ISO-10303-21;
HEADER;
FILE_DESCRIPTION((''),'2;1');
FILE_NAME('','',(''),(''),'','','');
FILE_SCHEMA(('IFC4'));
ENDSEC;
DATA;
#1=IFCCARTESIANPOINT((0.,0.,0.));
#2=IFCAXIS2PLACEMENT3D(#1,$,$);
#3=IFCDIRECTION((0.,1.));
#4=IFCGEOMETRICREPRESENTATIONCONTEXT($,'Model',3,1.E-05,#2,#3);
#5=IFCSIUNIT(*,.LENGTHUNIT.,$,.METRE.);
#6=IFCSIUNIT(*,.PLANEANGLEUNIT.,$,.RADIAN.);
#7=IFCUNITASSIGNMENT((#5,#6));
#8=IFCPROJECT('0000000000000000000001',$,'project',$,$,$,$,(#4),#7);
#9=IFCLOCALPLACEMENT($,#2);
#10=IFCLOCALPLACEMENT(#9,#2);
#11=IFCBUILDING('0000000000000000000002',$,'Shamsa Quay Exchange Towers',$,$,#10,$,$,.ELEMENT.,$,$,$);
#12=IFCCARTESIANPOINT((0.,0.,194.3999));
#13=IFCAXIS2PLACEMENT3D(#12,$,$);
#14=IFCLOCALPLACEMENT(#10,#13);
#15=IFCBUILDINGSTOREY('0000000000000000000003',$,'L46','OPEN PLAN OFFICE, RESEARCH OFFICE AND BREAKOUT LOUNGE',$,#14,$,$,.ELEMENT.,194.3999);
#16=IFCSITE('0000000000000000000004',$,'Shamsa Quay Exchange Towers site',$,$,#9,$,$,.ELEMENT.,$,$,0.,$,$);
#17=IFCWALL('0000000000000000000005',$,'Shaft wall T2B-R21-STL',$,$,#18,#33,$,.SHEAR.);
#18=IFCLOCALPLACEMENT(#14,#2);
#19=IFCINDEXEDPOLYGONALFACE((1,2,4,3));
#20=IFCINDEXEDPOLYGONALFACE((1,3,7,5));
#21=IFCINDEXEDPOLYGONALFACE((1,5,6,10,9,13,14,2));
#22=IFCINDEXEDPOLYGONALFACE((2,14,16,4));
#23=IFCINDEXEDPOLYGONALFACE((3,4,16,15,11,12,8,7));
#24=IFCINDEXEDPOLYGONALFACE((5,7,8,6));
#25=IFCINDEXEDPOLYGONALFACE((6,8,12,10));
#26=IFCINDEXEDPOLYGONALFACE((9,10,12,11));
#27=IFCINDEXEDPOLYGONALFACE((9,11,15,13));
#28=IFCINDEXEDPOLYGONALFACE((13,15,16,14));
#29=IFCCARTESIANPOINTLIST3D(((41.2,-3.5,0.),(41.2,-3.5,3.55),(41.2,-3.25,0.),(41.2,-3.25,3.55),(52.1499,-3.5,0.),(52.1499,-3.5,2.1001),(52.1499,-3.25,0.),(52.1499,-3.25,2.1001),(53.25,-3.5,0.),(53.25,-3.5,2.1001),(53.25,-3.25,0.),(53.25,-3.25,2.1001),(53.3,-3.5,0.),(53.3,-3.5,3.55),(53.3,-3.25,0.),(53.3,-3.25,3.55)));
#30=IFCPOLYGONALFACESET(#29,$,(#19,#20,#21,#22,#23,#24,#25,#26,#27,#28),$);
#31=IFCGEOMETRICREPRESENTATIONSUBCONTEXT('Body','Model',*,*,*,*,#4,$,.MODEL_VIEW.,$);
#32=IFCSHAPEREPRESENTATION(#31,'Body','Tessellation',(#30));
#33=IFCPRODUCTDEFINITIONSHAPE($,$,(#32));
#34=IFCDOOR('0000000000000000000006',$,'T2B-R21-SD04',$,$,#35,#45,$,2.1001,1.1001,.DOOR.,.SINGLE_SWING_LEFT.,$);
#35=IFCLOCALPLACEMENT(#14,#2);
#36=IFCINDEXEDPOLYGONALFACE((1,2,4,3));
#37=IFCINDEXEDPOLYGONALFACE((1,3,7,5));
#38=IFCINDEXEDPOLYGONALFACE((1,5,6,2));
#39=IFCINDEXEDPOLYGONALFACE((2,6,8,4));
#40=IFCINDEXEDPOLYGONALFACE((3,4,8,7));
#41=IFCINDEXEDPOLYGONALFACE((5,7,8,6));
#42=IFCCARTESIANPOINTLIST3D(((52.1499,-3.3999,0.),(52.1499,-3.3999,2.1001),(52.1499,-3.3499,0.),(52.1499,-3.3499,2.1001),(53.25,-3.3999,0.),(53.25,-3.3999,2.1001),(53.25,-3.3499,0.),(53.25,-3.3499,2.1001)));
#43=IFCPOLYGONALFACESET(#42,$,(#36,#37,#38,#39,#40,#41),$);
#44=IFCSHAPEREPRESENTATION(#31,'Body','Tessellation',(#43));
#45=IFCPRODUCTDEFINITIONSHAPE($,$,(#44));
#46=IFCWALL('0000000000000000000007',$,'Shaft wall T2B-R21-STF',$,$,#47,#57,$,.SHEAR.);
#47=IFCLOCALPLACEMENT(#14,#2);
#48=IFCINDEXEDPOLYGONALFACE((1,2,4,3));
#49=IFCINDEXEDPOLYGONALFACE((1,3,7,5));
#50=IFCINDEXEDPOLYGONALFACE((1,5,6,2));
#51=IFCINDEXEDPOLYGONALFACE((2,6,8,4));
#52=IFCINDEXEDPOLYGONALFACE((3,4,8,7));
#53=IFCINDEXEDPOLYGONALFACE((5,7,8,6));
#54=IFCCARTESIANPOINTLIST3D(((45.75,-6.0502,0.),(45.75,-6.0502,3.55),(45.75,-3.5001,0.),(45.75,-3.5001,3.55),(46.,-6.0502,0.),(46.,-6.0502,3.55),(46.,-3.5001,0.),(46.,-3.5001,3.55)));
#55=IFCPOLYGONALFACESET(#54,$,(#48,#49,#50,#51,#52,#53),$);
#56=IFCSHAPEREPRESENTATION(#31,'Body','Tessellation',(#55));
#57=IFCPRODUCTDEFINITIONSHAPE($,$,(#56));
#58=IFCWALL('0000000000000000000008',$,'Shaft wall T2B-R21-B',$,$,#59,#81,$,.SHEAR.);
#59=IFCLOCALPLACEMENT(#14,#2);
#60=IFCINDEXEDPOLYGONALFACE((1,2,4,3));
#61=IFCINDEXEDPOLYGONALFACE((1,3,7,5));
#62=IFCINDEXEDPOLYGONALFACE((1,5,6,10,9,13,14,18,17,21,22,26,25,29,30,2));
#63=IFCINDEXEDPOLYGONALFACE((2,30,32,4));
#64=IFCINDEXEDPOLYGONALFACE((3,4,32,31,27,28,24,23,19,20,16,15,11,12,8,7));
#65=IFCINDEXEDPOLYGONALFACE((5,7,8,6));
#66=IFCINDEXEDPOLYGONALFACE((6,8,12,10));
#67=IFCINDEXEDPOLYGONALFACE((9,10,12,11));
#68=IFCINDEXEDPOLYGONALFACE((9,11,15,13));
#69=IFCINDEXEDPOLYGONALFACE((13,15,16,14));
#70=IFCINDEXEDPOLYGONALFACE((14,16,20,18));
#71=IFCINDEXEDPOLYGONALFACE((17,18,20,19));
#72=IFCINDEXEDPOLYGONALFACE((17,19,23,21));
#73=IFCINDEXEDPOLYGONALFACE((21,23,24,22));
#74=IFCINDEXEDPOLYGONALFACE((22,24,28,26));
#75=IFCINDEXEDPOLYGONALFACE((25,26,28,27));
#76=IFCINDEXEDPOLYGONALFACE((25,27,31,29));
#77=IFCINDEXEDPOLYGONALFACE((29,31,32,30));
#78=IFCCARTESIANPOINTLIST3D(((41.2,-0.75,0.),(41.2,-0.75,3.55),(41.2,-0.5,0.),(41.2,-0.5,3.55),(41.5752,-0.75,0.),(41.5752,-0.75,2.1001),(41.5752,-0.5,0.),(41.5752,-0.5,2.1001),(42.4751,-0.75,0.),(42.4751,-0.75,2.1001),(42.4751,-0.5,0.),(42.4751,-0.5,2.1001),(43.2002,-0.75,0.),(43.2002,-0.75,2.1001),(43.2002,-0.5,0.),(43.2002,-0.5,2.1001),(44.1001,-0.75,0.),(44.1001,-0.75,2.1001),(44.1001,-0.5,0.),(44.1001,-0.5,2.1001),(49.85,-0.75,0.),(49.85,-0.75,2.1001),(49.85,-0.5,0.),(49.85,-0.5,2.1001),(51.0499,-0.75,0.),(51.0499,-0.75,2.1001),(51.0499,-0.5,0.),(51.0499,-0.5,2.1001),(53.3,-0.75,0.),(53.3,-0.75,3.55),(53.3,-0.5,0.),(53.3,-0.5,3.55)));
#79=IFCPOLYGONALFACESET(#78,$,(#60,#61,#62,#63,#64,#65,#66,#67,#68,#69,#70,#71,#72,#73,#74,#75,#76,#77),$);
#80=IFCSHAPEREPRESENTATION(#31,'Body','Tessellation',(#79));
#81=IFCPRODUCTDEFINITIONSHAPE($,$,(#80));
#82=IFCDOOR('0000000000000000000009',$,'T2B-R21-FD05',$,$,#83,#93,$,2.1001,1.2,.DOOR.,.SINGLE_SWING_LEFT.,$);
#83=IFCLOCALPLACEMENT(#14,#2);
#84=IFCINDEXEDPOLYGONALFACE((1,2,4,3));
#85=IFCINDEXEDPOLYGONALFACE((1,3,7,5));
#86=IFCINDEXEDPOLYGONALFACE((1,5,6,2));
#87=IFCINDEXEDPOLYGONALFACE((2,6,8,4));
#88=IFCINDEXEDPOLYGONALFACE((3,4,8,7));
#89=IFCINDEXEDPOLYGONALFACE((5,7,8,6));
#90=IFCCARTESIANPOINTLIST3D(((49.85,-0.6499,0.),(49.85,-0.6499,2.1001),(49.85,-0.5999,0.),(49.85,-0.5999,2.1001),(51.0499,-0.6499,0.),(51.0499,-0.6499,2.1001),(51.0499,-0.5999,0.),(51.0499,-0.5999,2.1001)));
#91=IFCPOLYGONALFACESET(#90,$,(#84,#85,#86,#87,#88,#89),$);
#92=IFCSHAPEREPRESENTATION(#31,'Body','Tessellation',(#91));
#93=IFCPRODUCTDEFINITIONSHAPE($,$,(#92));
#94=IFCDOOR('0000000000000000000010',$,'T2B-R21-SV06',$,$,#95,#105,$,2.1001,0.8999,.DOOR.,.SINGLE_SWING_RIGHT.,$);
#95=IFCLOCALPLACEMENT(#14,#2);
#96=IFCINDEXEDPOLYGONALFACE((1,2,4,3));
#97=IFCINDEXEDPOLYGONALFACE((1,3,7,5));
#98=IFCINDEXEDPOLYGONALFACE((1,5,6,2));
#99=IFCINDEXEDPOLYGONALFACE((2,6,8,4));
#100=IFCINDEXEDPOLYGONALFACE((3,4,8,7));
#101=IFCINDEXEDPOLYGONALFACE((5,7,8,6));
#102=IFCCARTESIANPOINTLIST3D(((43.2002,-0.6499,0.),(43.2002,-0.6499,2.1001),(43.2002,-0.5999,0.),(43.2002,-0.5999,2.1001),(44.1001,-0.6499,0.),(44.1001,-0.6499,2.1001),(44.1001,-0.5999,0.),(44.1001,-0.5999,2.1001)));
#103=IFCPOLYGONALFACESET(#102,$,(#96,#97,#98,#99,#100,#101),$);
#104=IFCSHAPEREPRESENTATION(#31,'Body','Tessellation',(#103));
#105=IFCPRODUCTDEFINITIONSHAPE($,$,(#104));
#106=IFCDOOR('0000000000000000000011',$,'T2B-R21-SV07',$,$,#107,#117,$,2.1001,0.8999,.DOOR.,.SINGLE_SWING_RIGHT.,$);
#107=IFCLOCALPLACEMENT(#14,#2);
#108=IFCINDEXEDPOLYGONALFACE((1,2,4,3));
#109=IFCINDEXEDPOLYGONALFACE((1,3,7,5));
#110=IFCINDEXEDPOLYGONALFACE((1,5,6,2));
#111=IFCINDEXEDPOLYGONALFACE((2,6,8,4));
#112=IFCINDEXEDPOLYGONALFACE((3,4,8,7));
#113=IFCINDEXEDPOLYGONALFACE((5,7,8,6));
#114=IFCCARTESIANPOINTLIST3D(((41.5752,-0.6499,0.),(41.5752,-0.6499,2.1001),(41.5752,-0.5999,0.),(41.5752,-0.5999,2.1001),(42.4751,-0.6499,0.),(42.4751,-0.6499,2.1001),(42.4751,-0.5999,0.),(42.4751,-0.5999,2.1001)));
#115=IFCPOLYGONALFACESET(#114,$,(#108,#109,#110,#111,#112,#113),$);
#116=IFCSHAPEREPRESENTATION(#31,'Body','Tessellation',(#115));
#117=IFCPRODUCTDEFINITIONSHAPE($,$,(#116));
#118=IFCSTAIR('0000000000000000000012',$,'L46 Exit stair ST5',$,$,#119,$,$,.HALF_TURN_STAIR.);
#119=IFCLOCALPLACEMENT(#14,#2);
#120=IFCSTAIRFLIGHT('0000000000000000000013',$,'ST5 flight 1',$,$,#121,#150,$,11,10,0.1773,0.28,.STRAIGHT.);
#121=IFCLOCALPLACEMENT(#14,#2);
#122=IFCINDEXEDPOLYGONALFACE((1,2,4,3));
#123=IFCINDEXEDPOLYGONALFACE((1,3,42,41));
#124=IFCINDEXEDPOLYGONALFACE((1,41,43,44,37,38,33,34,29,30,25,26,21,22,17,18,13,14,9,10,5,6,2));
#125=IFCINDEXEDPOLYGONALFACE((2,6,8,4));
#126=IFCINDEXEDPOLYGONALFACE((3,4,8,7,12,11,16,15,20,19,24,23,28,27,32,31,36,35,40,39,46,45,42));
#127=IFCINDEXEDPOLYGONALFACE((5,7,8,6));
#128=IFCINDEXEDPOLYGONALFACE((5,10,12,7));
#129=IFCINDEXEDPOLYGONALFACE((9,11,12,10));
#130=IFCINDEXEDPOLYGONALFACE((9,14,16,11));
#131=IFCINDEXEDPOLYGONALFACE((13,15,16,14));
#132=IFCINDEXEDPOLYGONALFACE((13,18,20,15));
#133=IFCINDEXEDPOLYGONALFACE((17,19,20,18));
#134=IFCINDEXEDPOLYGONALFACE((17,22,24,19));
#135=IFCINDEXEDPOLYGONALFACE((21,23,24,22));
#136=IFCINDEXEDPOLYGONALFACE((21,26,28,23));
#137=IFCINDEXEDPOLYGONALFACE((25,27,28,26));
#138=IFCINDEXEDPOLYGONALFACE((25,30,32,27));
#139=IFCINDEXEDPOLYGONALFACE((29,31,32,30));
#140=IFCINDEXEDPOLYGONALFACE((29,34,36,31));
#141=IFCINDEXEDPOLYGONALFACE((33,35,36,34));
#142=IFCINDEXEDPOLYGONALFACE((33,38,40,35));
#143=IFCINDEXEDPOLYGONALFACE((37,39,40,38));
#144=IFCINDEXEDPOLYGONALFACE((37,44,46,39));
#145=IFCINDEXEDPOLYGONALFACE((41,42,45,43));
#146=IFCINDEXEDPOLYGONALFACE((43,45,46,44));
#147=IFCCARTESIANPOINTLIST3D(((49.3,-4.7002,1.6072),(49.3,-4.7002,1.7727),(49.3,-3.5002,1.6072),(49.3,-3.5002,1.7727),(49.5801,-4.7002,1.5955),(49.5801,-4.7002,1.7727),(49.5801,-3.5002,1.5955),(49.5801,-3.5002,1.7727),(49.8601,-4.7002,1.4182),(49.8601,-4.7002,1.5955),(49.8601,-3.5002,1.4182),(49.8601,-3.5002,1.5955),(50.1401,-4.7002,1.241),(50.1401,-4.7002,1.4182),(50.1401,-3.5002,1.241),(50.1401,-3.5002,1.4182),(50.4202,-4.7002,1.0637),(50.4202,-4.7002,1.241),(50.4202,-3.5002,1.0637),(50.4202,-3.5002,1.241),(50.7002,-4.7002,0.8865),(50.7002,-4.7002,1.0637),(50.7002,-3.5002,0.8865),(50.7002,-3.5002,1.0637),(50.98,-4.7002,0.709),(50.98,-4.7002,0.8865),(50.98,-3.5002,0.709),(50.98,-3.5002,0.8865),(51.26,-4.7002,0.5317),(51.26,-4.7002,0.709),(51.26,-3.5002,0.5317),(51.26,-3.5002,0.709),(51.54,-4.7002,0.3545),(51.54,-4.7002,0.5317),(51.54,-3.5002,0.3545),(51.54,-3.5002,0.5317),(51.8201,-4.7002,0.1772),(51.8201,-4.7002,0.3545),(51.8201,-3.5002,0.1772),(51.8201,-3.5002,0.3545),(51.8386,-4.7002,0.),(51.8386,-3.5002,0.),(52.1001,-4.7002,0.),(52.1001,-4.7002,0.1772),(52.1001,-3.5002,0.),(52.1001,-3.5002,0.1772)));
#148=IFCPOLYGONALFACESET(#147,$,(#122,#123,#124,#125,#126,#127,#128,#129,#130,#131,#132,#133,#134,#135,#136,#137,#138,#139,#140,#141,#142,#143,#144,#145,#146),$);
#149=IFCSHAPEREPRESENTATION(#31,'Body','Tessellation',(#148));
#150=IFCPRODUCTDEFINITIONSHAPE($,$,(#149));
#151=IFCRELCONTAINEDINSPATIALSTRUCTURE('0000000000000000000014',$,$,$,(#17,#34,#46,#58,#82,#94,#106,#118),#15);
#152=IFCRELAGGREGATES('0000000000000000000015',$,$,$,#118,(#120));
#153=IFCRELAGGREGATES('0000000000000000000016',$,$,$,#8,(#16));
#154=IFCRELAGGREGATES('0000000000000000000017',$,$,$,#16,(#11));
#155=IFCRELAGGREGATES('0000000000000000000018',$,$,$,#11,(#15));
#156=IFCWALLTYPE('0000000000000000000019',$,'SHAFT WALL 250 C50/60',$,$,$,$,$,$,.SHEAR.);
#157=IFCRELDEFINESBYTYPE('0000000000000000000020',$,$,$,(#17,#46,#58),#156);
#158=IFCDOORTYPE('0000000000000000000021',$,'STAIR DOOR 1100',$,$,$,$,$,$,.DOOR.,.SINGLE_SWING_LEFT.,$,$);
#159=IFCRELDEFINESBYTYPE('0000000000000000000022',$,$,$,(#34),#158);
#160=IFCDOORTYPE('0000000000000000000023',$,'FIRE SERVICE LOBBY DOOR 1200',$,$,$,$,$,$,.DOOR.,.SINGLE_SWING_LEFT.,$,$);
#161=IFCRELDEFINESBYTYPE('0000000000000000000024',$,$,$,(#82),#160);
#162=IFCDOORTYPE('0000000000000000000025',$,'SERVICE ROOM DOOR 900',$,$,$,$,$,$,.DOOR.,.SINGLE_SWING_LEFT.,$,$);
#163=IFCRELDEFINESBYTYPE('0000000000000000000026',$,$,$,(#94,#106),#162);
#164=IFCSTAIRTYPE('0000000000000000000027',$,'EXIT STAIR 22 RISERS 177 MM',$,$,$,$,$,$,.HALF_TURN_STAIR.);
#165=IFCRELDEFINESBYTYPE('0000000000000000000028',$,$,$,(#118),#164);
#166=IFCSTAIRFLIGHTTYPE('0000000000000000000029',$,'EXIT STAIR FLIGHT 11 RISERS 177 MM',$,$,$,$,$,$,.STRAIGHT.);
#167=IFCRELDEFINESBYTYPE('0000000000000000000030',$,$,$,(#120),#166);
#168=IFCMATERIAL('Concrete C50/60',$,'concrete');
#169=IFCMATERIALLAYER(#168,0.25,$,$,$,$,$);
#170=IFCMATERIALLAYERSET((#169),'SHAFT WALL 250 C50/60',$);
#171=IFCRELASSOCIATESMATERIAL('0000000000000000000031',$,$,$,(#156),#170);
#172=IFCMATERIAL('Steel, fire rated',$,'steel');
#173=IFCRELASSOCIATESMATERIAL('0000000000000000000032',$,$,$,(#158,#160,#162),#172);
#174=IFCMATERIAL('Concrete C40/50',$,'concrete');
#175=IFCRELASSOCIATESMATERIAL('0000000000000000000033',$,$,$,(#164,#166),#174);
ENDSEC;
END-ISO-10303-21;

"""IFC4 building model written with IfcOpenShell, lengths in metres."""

from ifc_helpers import new_model, si_unit, direction, frame, frame_2d, origin, place, context, subcontext, project, spatial, polyline, rectangle, outline, extrude, material, layer, layer_set, type_object, element, fill, aggregate, save


model = new_model("IFC4")

# Units and contexts
model_context = context("Model", 3, precision=1e-05, world=origin(), true_north=direction((0.0, 1.0)))
body_context = subcontext(model_context, "Body", "Model", "MODEL_VIEW")
ifc_project = project(units=[si_unit("LENGTHUNIT", "METRE"), si_unit("PLANEANGLEUNIT", "RADIAN")], contexts=[model_context])

# Site, building, storey
site_placement = place(None, origin())
site = spatial("IfcSite", under=ifc_project, at=site_placement, Name="Shamsa Quay Exchange Towers site", CompositionType="ELEMENT", RefElevation=0.0)
building_placement = place(site_placement, origin())
building = spatial("IfcBuilding", under=site, at=building_placement, Name="Shamsa Quay Exchange Towers", CompositionType="ELEMENT")
storey_placement = place(building_placement, frame((0.0, 0.0, 194.3999)))
storey = spatial("IfcBuildingStorey", under=building, at=storey_placement, Name="L46", Description="OPEN PLAN OFFICE, RESEARCH OFFICE AND BREAKOUT LOUNGE", CompositionType="ELEMENT", Elevation=194.3999)

# Wall, opening, door
ifc_material_1 = material(Name="Steel, fire rated", Category="steel")
ifc_material_2 = material(Name="Concrete C50/60", Category="concrete")
ifc_layer_1 = layer(ifc_material_2, 0.25)
ifc_layer_set_1 = layer_set([ifc_layer_1], Name="SHAFT WALL 250 C50/60")
wall_type_1 = type_object("IfcWallType", Name="SHAFT WALL 250 C50/60", PredefinedType="SHEAR", material=ifc_layer_set_1)
wall_1_placement = place(storey_placement, frame((53.3, -3.375, 0.0), z_axis=(0.0, 0.0, 1.0), x_axis=(-1.0, 0.0, 0.0)))
wall_1 = element("IfcWall", 1, at=wall_1_placement, inside=storey, type_object=wall_type_1, Name="Shaft wall T2B-R21-STL", PredefinedType="SHEAR", context=body_context, shape_type="SweptSolid", body=[
    extrude(rectangle(XDim=12.1001, YDim=0.25, at=frame_2d((6.05, 0.0))), origin(), (0.0, 0.0, 1.0), 3.55),
])
opening_1_placement = place(wall_1_placement, frame((0.05, 0.0, 0.0)))
opening_1 = element("IfcOpeningElement", 2, at=opening_1_placement, cuts=wall_1, PredefinedType="OPENING", context=body_context, shape_type="SweptSolid", body=[
    extrude(rectangle(XDim=1.1001, YDim=2.1001, at=frame_2d((0.55, 1.05))), frame((0.0, 0.135, 0.0), z_axis=(0.0, -1.0, 0.0), x_axis=(1.0, 0.0, 0.0)), (0.0, 0.0, 1.0), 0.27),
])
door_type_1 = type_object("IfcDoorType", Name="STAIR DOOR 1100", OperationType="SINGLE_SWING_LEFT", PredefinedType="DOOR", material=ifc_material_1)
door_1_placement = place(opening_1_placement, origin())
door_1 = element("IfcDoor", 3, at=door_1_placement, inside=storey, type_object=door_type_1, Name="T2B-R21-SD04", OperationType="SINGLE_SWING_LEFT", OverallHeight=2.1001, OverallWidth=1.1001, PredefinedType="DOOR", context=body_context, shape_type="SweptSolid", body=[
    extrude(rectangle(XDim=1.1001, YDim=2.1001, at=frame_2d((0.55, 1.05))), frame((0.0, 0.0249, 0.0), z_axis=(0.0, -1.0, 0.0), x_axis=(1.0, 0.0, 0.0)), (0.0, 0.0, 1.0), 0.05),
])
fill(opening_1, door_1)

# Wall
wall_2_placement = place(storey_placement, frame((45.875, -6.05, 0.0), z_axis=(0.0, 0.0, 1.0), x_axis=(0.0, 1.0, 0.0)))
element("IfcWall", 4, at=wall_2_placement, inside=storey, type_object=wall_type_1, Name="Shaft wall T2B-R21-STF", PredefinedType="SHEAR", context=body_context, shape_type="SweptSolid", body=[
    extrude(rectangle(XDim=2.55, YDim=0.25, at=frame_2d((1.2749, 0.0))), origin(), (0.0, 0.0, 1.0), 3.55),
])

# Wall, openings, doors
wall_3_placement = place(storey_placement, frame((53.3, -0.625, 0.0), z_axis=(0.0, 0.0, 1.0), x_axis=(-1.0, 0.0, 0.0)))
wall_3 = element("IfcWall", 5, at=wall_3_placement, inside=storey, type_object=wall_type_1, Name="Shaft wall T2B-R21-B", PredefinedType="SHEAR", context=body_context, shape_type="SweptSolid", body=[
    extrude(rectangle(XDim=12.1001, YDim=0.25, at=frame_2d((6.05, 0.0))), origin(), (0.0, 0.0, 1.0), 3.55),
])
opening_2_placement = place(wall_3_placement, frame((2.25, 0.0, 0.0)))
opening_2 = element("IfcOpeningElement", 6, at=opening_2_placement, cuts=wall_3, PredefinedType="OPENING", context=body_context, shape_type="SweptSolid", body=[
    extrude(rectangle(XDim=1.2, YDim=2.1001, at=frame_2d((0.6001, 1.05))), frame((0.0, 0.135, 0.0), z_axis=(0.0, -1.0, 0.0), x_axis=(1.0, 0.0, 0.0)), (0.0, 0.0, 1.0), 0.27),
])
opening_3_placement = place(wall_3_placement, frame((9.2, 0.0, 0.0)))
opening_3 = element("IfcOpeningElement", 7, at=opening_3_placement, cuts=wall_3, PredefinedType="OPENING", context=body_context, shape_type="SweptSolid", body=[
    extrude(rectangle(XDim=0.8999, YDim=2.1001, at=frame_2d((0.45, 1.05))), frame((0.0, 0.135, 0.0), z_axis=(0.0, -1.0, 0.0), x_axis=(1.0, 0.0, 0.0)), (0.0, 0.0, 1.0), 0.27),
])
opening_4_placement = place(wall_3_placement, frame((10.825, 0.0, 0.0)))
opening_4 = element("IfcOpeningElement", 8, at=opening_4_placement, cuts=wall_3, PredefinedType="OPENING", context=body_context, shape_type="SweptSolid", body=[
    extrude(rectangle(XDim=0.8999, YDim=2.1001, at=frame_2d((0.45, 1.05))), frame((0.0, 0.135, 0.0), z_axis=(0.0, -1.0, 0.0), x_axis=(1.0, 0.0, 0.0)), (0.0, 0.0, 1.0), 0.27),
])
door_type_2 = type_object("IfcDoorType", Name="FIRE SERVICE LOBBY DOOR 1200", OperationType="SINGLE_SWING_LEFT", PredefinedType="DOOR", material=ifc_material_1)
door_2_placement = place(opening_2_placement, origin())
door_2 = element("IfcDoor", 9, at=door_2_placement, inside=storey, type_object=door_type_2, Name="T2B-R21-FD05", OperationType="SINGLE_SWING_LEFT", OverallHeight=2.1001, OverallWidth=1.2, PredefinedType="DOOR", context=body_context, shape_type="SweptSolid", body=[
    extrude(rectangle(XDim=1.2, YDim=2.1001, at=frame_2d((0.6001, 1.05))), frame((0.0, 0.0249, 0.0), z_axis=(0.0, -1.0, 0.0), x_axis=(1.0, 0.0, 0.0)), (0.0, 0.0, 1.0), 0.05),
])
fill(opening_2, door_2)
door_type_3 = type_object("IfcDoorType", Name="SERVICE ROOM DOOR 900", OperationType="SINGLE_SWING_LEFT", PredefinedType="DOOR", material=ifc_material_1)
door_3_placement = place(opening_3_placement, origin())
door_3 = element("IfcDoor", 10, at=door_3_placement, inside=storey, type_object=door_type_3, Name="T2B-R21-SV06", OperationType="SINGLE_SWING_RIGHT", OverallHeight=2.1001, OverallWidth=0.8999, PredefinedType="DOOR", context=body_context, shape_type="SweptSolid", body=[
    extrude(rectangle(XDim=0.8999, YDim=2.1001, at=frame_2d((0.45, 1.05))), frame((0.0, 0.0249, 0.0), z_axis=(0.0, -1.0, 0.0), x_axis=(1.0, 0.0, 0.0)), (0.0, 0.0, 1.0), 0.05),
])
fill(opening_3, door_3)
door_4_placement = place(opening_4_placement, origin())
door_4 = element("IfcDoor", 11, at=door_4_placement, inside=storey, type_object=door_type_3, Name="T2B-R21-SV07", OperationType="SINGLE_SWING_RIGHT", OverallHeight=2.1001, OverallWidth=0.8999, PredefinedType="DOOR", context=body_context, shape_type="SweptSolid", body=[
    extrude(rectangle(XDim=0.8999, YDim=2.1001, at=frame_2d((0.45, 1.05))), frame((0.0, 0.0249, 0.0), z_axis=(0.0, -1.0, 0.0), x_axis=(1.0, 0.0, 0.0)), (0.0, 0.0, 1.0), 0.05),
])
fill(opening_4, door_4)

# Stair, stair flight
ifc_material_3 = material(Name="Concrete C40/50", Category="concrete")
stair_type = type_object("IfcStairType", Name="EXIT STAIR 22 RISERS 177 MM", PredefinedType="HALF_TURN_STAIR", material=ifc_material_3)
stair_placement = place(storey_placement, origin())
stair = element("IfcStair", 12, at=stair_placement, inside=storey, type_object=stair_type, Name="L46 Exit stair ST5", PredefinedType="HALF_TURN_STAIR")
stair_flight_type = type_object("IfcStairFlightType", Name="EXIT STAIR FLIGHT 11 RISERS 177 MM", PredefinedType="STRAIGHT", material=ifc_material_3)
stair_flight_1_placement = place(storey_placement, frame((52.1001, -4.1001, 0.0), z_axis=(0.0, 0.0, 1.0), x_axis=(-1.0, 0.0, 0.0)))
stair_flight_1 = element("IfcStairFlight", 13, at=stair_flight_1_placement, type_object=stair_flight_type, Name="ST5 flight 1", NumberOfRisers=11, NumberOfTreads=10, PredefinedType="STRAIGHT", RiserHeight=0.1773, TreadLength=0.28, context=body_context, shape_type="SweptSolid", body=[
    extrude(outline(polyline([(0.0, 0.0), (0.0, 0.1772), (0.28, 0.1772), (0.28, 0.3545), (0.5601, 0.3545), (0.5601, 0.5317), (0.8401, 0.5317), (0.8401, 0.709), (1.1201, 0.709), (1.1201, 0.8865), (1.3999, 0.8865), (1.3999, 1.0637), (1.6799, 1.0637), (1.6799, 1.241), (1.96, 1.241), (1.96, 1.4182), (2.24, 1.4182), (2.24, 1.5955), (2.52, 1.5955), (2.52, 1.7727), (2.8, 1.7727), (2.8, 1.95), (2.8, 1.6072), (0.2615, 0.0), (0.0, 0.0)])), frame((0.0, 0.6001, 0.0), z_axis=(0.0, -1.0, 0.0), x_axis=(1.0, 0.0, 0.0)), (0.0, 0.0, 1.0), 1.2),
])
aggregate(stair, [stair_flight_1])

save(model, "model.ifc")
